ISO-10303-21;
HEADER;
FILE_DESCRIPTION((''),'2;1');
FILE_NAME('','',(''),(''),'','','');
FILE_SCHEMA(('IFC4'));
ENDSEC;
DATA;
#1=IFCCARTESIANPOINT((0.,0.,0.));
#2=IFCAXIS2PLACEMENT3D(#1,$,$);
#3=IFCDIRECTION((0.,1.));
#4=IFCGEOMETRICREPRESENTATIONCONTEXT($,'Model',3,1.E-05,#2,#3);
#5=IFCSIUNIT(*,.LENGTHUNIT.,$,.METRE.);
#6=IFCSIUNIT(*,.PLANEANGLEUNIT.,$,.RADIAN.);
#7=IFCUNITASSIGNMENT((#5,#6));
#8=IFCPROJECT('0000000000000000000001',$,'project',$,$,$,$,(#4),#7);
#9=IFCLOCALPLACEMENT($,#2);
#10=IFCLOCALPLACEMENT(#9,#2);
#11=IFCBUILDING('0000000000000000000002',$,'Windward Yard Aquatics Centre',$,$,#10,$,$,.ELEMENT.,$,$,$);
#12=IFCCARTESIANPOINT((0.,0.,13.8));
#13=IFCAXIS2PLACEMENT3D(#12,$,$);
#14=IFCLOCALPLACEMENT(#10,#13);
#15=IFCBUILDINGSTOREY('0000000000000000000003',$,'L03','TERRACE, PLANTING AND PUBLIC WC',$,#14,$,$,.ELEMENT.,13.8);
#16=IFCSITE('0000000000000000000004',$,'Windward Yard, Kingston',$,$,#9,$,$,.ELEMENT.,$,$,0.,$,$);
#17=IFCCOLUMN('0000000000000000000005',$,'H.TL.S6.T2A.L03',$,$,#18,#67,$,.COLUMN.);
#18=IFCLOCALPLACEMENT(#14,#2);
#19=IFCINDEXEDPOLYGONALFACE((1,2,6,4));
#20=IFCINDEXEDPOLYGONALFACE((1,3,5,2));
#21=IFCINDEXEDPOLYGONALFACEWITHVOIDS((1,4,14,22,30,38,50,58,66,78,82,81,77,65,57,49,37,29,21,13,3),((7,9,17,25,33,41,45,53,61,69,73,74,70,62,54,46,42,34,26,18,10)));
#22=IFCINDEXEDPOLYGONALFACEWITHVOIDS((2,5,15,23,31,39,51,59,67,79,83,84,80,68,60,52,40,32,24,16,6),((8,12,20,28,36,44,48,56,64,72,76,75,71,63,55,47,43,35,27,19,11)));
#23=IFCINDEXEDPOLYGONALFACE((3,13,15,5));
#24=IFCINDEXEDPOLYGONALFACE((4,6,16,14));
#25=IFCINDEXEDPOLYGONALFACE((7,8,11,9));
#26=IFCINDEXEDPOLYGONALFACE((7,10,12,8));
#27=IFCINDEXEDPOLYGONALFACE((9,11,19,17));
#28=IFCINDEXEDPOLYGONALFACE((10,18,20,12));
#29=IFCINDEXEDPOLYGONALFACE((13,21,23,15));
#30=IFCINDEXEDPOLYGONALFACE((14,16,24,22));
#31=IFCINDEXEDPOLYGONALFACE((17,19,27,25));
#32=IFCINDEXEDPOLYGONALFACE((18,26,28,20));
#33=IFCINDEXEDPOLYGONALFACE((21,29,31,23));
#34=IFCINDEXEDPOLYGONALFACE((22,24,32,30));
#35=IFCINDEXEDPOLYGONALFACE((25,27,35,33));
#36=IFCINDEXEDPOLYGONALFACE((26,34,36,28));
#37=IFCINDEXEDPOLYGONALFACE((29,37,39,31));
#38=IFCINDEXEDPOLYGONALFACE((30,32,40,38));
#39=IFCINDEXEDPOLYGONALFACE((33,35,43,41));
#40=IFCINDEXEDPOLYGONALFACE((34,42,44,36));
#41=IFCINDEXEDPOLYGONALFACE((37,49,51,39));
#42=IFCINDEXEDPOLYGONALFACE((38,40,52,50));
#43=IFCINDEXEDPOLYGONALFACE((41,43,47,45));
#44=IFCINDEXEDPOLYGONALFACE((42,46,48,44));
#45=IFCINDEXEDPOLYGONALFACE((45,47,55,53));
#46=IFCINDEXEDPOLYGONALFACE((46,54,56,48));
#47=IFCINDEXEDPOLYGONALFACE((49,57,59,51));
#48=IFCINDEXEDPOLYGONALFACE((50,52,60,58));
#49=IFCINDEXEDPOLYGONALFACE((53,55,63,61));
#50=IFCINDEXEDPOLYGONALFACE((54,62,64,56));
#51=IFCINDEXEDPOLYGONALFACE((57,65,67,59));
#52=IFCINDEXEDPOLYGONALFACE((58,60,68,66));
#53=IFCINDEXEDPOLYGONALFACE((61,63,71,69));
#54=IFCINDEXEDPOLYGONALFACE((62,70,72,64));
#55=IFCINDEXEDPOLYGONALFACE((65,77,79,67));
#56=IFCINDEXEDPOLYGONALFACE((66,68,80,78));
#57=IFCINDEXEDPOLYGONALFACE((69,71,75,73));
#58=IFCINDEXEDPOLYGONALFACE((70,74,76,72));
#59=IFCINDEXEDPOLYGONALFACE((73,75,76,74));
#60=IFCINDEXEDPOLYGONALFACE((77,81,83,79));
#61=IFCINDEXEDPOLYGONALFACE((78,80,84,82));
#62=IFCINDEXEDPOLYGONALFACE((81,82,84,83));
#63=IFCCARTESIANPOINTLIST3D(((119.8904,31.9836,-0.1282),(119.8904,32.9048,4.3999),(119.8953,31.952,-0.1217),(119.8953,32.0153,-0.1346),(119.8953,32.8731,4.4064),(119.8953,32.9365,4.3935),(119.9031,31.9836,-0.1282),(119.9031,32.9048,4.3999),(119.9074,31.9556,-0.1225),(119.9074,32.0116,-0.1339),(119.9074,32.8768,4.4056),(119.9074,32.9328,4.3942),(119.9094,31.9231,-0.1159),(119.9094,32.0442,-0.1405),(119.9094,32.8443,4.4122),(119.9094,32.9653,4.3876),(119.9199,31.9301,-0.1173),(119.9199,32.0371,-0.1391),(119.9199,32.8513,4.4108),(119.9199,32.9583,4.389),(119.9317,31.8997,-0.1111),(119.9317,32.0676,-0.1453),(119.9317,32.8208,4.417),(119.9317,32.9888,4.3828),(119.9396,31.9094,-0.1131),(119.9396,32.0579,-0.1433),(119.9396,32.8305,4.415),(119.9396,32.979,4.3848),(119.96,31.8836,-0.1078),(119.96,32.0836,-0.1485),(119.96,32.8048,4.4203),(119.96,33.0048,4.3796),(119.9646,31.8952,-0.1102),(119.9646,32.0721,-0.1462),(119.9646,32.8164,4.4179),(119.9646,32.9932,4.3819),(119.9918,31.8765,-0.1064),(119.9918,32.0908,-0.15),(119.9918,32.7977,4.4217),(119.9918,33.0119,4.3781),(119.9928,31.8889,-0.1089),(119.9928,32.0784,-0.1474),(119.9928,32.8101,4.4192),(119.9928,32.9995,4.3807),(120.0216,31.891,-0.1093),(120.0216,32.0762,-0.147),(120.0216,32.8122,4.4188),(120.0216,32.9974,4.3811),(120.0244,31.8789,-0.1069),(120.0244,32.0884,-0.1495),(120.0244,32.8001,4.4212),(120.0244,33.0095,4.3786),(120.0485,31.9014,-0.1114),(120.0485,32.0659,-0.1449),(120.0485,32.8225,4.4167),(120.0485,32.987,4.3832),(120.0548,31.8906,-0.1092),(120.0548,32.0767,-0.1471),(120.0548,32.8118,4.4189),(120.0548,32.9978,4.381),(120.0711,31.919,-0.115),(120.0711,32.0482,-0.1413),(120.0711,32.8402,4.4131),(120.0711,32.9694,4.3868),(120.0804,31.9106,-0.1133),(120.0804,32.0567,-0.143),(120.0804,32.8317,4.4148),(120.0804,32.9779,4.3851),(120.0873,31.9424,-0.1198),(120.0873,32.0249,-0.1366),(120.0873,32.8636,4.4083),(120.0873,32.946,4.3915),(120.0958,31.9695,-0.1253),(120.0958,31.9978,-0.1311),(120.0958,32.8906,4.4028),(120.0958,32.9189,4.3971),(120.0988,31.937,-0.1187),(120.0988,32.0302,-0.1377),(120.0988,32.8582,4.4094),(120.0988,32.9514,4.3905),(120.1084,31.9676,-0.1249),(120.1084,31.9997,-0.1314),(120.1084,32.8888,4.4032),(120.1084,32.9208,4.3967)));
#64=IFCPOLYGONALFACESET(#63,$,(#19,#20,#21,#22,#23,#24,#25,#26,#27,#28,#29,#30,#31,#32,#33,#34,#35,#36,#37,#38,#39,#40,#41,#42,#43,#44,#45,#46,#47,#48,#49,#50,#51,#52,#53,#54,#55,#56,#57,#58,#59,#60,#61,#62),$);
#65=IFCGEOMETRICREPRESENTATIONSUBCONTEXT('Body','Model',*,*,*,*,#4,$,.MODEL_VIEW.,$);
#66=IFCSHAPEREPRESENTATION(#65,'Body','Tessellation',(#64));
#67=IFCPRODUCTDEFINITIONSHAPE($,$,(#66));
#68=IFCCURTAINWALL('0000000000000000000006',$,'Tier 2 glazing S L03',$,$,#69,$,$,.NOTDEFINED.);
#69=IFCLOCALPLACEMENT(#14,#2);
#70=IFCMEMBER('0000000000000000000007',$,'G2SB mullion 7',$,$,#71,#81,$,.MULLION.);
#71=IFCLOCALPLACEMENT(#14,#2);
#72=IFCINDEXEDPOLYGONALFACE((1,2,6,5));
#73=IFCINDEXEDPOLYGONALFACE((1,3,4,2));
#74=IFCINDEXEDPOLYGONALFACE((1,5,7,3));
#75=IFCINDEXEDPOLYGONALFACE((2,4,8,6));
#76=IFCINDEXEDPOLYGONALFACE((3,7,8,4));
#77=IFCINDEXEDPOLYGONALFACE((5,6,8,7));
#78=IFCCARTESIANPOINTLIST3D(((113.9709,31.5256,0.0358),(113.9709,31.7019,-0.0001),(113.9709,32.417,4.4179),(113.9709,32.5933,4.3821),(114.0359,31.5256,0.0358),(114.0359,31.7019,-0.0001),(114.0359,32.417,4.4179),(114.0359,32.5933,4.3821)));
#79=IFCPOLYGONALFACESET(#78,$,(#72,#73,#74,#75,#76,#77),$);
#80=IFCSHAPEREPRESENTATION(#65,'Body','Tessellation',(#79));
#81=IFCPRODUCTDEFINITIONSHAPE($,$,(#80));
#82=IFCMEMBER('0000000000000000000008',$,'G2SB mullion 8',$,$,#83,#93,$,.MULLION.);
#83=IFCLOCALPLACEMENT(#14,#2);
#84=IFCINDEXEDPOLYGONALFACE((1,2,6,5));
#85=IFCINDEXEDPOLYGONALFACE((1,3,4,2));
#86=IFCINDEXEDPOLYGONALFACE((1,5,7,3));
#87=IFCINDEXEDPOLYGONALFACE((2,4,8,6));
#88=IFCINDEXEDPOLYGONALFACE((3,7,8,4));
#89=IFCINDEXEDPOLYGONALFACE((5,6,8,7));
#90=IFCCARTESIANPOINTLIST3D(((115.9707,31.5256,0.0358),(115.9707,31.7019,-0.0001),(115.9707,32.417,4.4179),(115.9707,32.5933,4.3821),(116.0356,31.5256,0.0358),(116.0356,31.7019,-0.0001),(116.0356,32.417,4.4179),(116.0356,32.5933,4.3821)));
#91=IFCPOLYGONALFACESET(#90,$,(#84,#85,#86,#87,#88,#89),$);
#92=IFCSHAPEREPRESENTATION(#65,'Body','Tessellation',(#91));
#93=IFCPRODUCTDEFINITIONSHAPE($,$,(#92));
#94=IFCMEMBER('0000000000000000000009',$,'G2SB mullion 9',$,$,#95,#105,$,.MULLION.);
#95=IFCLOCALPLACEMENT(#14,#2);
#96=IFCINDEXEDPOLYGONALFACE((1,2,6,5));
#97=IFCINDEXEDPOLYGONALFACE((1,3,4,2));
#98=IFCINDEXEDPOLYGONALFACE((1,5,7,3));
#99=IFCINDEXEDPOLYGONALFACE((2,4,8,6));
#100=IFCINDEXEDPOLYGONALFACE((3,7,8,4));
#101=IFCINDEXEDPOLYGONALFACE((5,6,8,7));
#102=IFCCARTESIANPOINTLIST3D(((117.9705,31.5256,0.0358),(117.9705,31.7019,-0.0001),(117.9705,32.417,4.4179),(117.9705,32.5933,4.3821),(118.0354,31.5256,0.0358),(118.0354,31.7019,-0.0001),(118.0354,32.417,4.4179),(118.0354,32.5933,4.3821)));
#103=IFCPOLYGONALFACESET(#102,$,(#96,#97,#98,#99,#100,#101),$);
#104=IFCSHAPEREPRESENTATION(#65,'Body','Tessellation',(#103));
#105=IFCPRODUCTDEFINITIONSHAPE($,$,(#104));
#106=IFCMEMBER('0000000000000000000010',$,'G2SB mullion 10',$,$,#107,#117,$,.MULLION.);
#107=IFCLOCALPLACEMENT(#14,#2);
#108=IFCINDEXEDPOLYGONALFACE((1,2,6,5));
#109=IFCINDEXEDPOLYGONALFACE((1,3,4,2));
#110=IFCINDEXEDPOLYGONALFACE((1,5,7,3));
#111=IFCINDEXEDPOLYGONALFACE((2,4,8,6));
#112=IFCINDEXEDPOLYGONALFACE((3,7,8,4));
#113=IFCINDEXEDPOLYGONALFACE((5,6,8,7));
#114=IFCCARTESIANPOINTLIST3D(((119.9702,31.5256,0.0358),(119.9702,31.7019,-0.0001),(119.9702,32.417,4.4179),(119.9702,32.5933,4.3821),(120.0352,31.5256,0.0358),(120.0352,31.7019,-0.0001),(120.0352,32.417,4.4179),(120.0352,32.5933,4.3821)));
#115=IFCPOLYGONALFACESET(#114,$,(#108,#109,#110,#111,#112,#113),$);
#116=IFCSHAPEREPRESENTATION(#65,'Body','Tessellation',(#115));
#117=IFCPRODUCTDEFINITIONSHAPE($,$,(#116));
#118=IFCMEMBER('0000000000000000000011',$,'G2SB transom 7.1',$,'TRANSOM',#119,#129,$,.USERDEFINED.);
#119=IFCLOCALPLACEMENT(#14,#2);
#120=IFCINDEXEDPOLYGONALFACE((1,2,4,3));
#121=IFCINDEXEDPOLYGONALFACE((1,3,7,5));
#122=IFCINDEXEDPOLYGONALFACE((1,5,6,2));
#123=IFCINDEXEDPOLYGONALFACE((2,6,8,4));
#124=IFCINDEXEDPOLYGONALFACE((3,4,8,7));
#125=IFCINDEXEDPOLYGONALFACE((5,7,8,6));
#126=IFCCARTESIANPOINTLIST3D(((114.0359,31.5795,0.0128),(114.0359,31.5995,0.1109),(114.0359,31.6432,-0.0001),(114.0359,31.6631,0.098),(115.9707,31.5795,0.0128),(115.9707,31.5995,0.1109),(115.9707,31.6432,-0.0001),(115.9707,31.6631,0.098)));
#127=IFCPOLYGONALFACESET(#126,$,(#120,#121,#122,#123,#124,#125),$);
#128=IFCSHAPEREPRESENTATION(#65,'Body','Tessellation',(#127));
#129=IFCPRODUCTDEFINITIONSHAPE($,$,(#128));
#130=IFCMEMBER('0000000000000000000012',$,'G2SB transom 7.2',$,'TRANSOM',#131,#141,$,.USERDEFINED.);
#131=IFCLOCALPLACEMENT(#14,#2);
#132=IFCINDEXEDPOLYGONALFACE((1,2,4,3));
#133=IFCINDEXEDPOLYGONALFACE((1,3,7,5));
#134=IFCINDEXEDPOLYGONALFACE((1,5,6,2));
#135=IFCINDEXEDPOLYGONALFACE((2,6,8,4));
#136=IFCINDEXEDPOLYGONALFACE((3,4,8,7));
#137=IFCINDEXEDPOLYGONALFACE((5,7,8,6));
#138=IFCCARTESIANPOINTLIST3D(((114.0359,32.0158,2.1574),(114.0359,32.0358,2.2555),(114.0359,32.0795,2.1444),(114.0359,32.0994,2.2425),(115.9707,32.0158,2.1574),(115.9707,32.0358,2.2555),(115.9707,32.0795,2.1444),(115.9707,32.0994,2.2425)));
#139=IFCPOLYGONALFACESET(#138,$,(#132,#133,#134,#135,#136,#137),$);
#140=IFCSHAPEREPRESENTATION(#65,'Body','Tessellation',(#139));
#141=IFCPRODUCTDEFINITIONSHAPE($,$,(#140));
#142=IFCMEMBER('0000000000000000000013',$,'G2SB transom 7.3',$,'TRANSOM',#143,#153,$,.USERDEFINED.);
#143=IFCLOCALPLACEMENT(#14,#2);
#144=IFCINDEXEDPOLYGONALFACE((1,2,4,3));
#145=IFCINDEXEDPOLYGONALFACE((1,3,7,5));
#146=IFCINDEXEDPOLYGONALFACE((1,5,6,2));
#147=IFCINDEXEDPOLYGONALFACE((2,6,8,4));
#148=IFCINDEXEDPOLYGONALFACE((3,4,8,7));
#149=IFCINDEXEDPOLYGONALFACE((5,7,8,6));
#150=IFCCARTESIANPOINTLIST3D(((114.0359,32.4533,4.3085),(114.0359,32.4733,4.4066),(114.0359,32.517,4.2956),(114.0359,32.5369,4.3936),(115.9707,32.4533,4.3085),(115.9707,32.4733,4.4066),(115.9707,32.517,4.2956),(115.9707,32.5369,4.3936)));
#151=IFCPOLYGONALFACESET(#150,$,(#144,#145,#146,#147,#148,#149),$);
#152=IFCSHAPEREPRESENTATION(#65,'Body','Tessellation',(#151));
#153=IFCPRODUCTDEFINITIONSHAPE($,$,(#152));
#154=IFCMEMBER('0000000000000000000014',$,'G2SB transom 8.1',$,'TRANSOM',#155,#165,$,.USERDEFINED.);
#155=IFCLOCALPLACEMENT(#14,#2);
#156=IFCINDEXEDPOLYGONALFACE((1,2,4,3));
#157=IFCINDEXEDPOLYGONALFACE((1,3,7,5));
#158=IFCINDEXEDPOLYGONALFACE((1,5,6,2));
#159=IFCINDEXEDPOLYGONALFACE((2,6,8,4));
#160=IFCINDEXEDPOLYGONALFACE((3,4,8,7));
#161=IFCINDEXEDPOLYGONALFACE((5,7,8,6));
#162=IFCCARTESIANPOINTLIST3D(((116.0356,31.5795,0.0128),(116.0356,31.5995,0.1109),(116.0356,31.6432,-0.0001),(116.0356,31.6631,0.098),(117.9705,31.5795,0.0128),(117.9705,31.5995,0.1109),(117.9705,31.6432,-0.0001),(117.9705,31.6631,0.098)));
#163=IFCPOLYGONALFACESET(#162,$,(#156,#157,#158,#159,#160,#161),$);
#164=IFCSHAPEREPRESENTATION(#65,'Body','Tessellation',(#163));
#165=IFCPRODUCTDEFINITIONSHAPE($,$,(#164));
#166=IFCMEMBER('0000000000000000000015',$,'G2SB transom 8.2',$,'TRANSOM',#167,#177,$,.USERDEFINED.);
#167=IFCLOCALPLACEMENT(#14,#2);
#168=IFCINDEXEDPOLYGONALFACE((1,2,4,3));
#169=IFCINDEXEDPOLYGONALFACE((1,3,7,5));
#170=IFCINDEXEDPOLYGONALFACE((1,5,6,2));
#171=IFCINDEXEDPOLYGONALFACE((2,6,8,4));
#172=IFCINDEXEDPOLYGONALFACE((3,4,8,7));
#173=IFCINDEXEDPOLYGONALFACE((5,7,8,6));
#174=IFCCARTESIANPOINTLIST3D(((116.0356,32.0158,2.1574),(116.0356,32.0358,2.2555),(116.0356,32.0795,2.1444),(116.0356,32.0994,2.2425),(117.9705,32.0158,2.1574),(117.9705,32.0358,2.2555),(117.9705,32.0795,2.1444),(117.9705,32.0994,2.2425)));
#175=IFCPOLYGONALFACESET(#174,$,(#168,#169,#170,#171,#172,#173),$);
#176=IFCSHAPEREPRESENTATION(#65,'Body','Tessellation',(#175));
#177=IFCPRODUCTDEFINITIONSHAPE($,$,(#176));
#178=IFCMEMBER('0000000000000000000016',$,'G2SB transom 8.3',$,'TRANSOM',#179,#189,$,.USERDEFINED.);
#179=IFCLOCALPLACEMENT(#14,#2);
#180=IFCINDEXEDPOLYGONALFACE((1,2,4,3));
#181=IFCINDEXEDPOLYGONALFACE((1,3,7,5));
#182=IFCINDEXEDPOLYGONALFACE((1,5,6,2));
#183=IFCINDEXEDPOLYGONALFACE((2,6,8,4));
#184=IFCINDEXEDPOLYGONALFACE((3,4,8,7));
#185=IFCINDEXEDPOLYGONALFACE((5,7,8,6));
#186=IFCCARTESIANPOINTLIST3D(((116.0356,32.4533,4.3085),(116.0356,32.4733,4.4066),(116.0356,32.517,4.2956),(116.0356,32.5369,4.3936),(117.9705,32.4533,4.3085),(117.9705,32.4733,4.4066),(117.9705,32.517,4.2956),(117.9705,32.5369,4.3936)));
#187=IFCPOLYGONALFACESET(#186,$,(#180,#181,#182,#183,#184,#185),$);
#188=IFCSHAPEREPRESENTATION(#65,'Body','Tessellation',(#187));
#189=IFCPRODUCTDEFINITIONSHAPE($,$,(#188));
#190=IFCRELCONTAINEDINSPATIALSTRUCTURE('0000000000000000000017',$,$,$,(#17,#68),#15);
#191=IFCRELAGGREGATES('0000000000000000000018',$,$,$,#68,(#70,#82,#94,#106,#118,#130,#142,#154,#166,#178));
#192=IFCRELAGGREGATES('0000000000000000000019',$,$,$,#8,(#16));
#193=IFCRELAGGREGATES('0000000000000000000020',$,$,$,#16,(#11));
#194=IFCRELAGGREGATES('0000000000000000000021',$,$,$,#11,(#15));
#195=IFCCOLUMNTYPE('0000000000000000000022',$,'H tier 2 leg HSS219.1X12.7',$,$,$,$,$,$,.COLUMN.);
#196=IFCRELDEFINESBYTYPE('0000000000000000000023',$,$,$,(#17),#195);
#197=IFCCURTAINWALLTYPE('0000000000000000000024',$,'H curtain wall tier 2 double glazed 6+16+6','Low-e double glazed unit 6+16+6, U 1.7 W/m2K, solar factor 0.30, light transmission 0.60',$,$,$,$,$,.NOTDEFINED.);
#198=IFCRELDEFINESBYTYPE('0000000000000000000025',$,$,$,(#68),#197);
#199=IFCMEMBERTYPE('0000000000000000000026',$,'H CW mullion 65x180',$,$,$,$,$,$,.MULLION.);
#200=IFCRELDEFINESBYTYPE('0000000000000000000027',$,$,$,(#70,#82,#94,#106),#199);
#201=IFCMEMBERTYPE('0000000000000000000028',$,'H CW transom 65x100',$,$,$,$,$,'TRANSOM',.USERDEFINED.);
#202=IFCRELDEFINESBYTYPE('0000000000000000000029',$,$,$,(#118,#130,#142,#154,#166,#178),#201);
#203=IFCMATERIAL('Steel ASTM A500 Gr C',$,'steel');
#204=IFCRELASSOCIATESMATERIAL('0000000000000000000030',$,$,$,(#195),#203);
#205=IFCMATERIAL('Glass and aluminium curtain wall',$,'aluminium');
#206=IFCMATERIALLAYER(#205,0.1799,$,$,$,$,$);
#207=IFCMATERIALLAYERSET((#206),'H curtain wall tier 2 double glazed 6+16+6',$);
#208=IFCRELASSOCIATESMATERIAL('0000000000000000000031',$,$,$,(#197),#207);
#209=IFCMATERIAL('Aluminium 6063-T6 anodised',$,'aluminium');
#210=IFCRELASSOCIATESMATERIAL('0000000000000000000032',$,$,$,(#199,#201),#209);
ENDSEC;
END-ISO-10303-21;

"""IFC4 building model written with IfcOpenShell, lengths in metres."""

from ifc_helpers import new_model, si_unit, direction, frame, origin, origin_2d, place, context, subcontext, project, spatial, rectangle, hollow_circle, extrude, material, layer, layer_set, material_profile, profile_set, type_object, element, aggregate, save


model = new_model("IFC4")

# Units and contexts
model_context = context("Model", 3, precision=1e-05, world=origin(), true_north=direction((0.0, 1.0)))
body_context = subcontext(model_context, "Body", "Model", "MODEL_VIEW")
ifc_project = project(units=[si_unit("LENGTHUNIT", "METRE"), si_unit("PLANEANGLEUNIT", "RADIAN")], contexts=[model_context])

# Site, building, storey
site_placement = place(None, origin())
site = spatial("IfcSite", under=ifc_project, at=site_placement, Name="Windward Yard, Kingston", CompositionType="ELEMENT", RefElevation=0.0)
building_placement = place(site_placement, origin())
building = spatial("IfcBuilding", under=site, at=building_placement, Name="Windward Yard Aquatics Centre", CompositionType="ELEMENT")
storey_placement = place(building_placement, frame((0.0, 0.0, 13.8)))
storey = spatial("IfcBuildingStorey", under=building, at=storey_placement, Name="L03", Description="TERRACE, PLANTING AND PUBLIC WC", CompositionType="ELEMENT", Elevation=13.8)

# Column
ifc_material_1 = material(Name="Steel ASTM A500 Gr C", Category="steel")
ifc_material_profile_1 = material_profile(ifc_material_1, hollow_circle(Radius=0.1096, WallThickness=0.0127, at=origin_2d()), Name="HSS219.1X12.7")
ifc_profile_set_1 = profile_set([ifc_material_profile_1], Name="Steel ASTM A500 Gr C")
column_type = type_object("IfcColumnType", Name="H tier 2 leg HSS219.1X12.7", PredefinedType="COLUMN", material=ifc_profile_set_1)
column_placement = place(storey_placement, frame((120.0, 31.9836, -0.1282), z_axis=(0.0, 0.199346, 0.979929), x_axis=(-1.0, 0.0, 0.0)))
element("IfcColumn", 1, at=column_placement, inside=storey, type_object=column_type, Name="H.TL.S6.T2A.L03", PredefinedType="COLUMN", context=body_context, shape_type="SweptSolid", body=[
    extrude(hollow_circle(Radius=0.1096, WallThickness=0.0127, at=origin_2d()), origin(), (0.0, 0.0, 1.0), 4.6208),
])

# Curtain wall, members
ifc_material_2 = material(Name="Glass and aluminium curtain wall", Category="aluminium")
ifc_layer_1 = layer(ifc_material_2, 0.1799)
ifc_layer_set_1 = layer_set([ifc_layer_1], Name="H curtain wall tier 2 double glazed 6+16+6")
curtain_wall_type = type_object("IfcCurtainWallType", Name="H curtain wall tier 2 double glazed 6+16+6", Description="Low-e double glazed unit 6+16+6, U 1.7 W/m2K, solar factor 0.30, light transmission 0.60", PredefinedType="NOTDEFINED", material=ifc_layer_set_1)
curtain_wall_placement = place(storey_placement, origin())
curtain_wall = element("IfcCurtainWall", 2, at=curtain_wall_placement, inside=storey, type_object=curtain_wall_type, Name="Tier 2 glazing S L03", PredefinedType="NOTDEFINED")
ifc_material_3 = material(Name="Aluminium 6063-T6 anodised", Category="aluminium")
ifc_material_profile_2 = material_profile(ifc_material_3, rectangle(XDim=0.0649, YDim=0.1799, at=origin_2d()), Name="H CW mullion 65x180")
ifc_profile_set_2 = profile_set([ifc_material_profile_2], Name="Aluminium 6063-T6 anodised")
member_type_1 = type_object("IfcMemberType", Name="H CW mullion 65x180", PredefinedType="MULLION", material=ifc_profile_set_2)
member_1_placement = place(storey_placement, frame((114.0034, 31.6138, 0.0178), z_axis=(0.0, 0.199328, 0.979933), x_axis=(-1.0, 0.0, 0.0)))
member_1 = element("IfcMember", 3, at=member_1_placement, type_object=member_type_1, Name="G2SB mullion 7", PredefinedType="MULLION", context=body_context, shape_type="SweptSolid", body=[
    extrude(rectangle(XDim=0.0649, YDim=0.1799, at=origin_2d()), origin(), (0.0, 0.0, 1.0), 4.4719),
])
member_2_placement = place(storey_placement, frame((116.0032, 31.6138, 0.0178), z_axis=(0.0, 0.199328, 0.979933), x_axis=(-1.0, 0.0, 0.0)))
member_2 = element("IfcMember", 4, at=member_2_placement, type_object=member_type_1, Name="G2SB mullion 8", PredefinedType="MULLION", context=body_context, shape_type="SweptSolid", body=[
    extrude(rectangle(XDim=0.0649, YDim=0.1799, at=origin_2d()), origin(), (0.0, 0.0, 1.0), 4.4719),
])
member_3_placement = place(storey_placement, frame((118.0029, 31.6138, 0.0178), z_axis=(0.0, 0.199328, 0.979933), x_axis=(-1.0, 0.0, 0.0)))
member_3 = element("IfcMember", 5, at=member_3_placement, type_object=member_type_1, Name="G2SB mullion 9", PredefinedType="MULLION", context=body_context, shape_type="SweptSolid", body=[
    extrude(rectangle(XDim=0.0649, YDim=0.1799, at=origin_2d()), origin(), (0.0, 0.0, 1.0), 4.4719),
])
member_4_placement = place(storey_placement, frame((120.0027, 31.6138, 0.0178), z_axis=(0.0, 0.199328, 0.979933), x_axis=(-1.0, 0.0, 0.0)))
member_4 = element("IfcMember", 6, at=member_4_placement, type_object=member_type_1, Name="G2SB mullion 10", PredefinedType="MULLION", context=body_context, shape_type="SweptSolid", body=[
    extrude(rectangle(XDim=0.0649, YDim=0.1799, at=origin_2d()), origin(), (0.0, 0.0, 1.0), 4.4719),
])
ifc_material_profile_3 = material_profile(ifc_material_3, rectangle(XDim=0.0649, YDim=0.1001, at=origin_2d()), Name="H CW transom 65x100")
ifc_profile_set_3 = profile_set([ifc_material_profile_3], Name="Aluminium 6063-T6 anodised")
member_type_2 = type_object("IfcMemberType", Name="H CW transom 65x100", ElementType="TRANSOM", PredefinedType="USERDEFINED", material=ifc_profile_set_3)
member_5_placement = place(storey_placement, frame((114.0359, 31.6213, 0.0554), z_axis=(1.0, 0.0, 0.0), x_axis=(0.0, -0.979925, 0.199368)))
member_5 = element("IfcMember", 7, at=member_5_placement, type_object=member_type_2, Name="G2SB transom 7.1", ObjectType="TRANSOM", PredefinedType="USERDEFINED", context=body_context, shape_type="SweptSolid", body=[
    extrude(rectangle(XDim=0.0649, YDim=0.1001, at=origin_2d()), origin(), (0.0, 0.0, 1.0), 1.9348),
])
member_6_placement = place(storey_placement, frame((114.0359, 32.0576, 2.2), z_axis=(1.0, 0.0, 0.0), x_axis=(0.0, -0.979925, 0.199368)))
member_6 = element("IfcMember", 8, at=member_6_placement, type_object=member_type_2, Name="G2SB transom 7.2", ObjectType="TRANSOM", PredefinedType="USERDEFINED", context=body_context, shape_type="SweptSolid", body=[
    extrude(rectangle(XDim=0.0649, YDim=0.1001, at=origin_2d()), origin(), (0.0, 0.0, 1.0), 1.9348),
])
member_7_placement = place(storey_placement, frame((114.0359, 32.4951, 4.3511), z_axis=(1.0, 0.0, 0.0), x_axis=(0.0, -0.979925, 0.199368)))
member_7 = element("IfcMember", 9, at=member_7_placement, type_object=member_type_2, Name="G2SB transom 7.3", ObjectType="TRANSOM", PredefinedType="USERDEFINED", context=body_context, shape_type="SweptSolid", body=[
    extrude(rectangle(XDim=0.0649, YDim=0.1001, at=origin_2d()), origin(), (0.0, 0.0, 1.0), 1.9348),
])
member_8_placement = place(storey_placement, frame((116.0356, 31.6213, 0.0554), z_axis=(1.0, 0.0, 0.0), x_axis=(0.0, -0.979925, 0.199368)))
member_8 = element("IfcMember", 10, at=member_8_placement, type_object=member_type_2, Name="G2SB transom 8.1", ObjectType="TRANSOM", PredefinedType="USERDEFINED", context=body_context, shape_type="SweptSolid", body=[
    extrude(rectangle(XDim=0.0649, YDim=0.1001, at=origin_2d()), origin(), (0.0, 0.0, 1.0), 1.9348),
])
member_9_placement = place(storey_placement, frame((116.0356, 32.0576, 2.2), z_axis=(1.0, 0.0, 0.0), x_axis=(0.0, -0.979925, 0.199368)))
member_9 = element("IfcMember", 11, at=member_9_placement, type_object=member_type_2, Name="G2SB transom 8.2", ObjectType="TRANSOM", PredefinedType="USERDEFINED", context=body_context, shape_type="SweptSolid", body=[
    extrude(rectangle(XDim=0.0649, YDim=0.1001, at=origin_2d()), origin(), (0.0, 0.0, 1.0), 1.9348),
])
member_10_placement = place(storey_placement, frame((116.0356, 32.4951, 4.3511), z_axis=(1.0, 0.0, 0.0), x_axis=(0.0, -0.979925, 0.199368)))
member_10 = element("IfcMember", 12, at=member_10_placement, type_object=member_type_2, Name="G2SB transom 8.3", ObjectType="TRANSOM", PredefinedType="USERDEFINED", context=body_context, shape_type="SweptSolid", body=[
    extrude(rectangle(XDim=0.0649, YDim=0.1001, at=origin_2d()), origin(), (0.0, 0.0, 1.0), 1.9348),
])

aggregate(curtain_wall, [member_1, member_2, member_3, member_4, member_5, member_6, member_7, member_8, member_9, member_10])

save(model, "model.ifc")
